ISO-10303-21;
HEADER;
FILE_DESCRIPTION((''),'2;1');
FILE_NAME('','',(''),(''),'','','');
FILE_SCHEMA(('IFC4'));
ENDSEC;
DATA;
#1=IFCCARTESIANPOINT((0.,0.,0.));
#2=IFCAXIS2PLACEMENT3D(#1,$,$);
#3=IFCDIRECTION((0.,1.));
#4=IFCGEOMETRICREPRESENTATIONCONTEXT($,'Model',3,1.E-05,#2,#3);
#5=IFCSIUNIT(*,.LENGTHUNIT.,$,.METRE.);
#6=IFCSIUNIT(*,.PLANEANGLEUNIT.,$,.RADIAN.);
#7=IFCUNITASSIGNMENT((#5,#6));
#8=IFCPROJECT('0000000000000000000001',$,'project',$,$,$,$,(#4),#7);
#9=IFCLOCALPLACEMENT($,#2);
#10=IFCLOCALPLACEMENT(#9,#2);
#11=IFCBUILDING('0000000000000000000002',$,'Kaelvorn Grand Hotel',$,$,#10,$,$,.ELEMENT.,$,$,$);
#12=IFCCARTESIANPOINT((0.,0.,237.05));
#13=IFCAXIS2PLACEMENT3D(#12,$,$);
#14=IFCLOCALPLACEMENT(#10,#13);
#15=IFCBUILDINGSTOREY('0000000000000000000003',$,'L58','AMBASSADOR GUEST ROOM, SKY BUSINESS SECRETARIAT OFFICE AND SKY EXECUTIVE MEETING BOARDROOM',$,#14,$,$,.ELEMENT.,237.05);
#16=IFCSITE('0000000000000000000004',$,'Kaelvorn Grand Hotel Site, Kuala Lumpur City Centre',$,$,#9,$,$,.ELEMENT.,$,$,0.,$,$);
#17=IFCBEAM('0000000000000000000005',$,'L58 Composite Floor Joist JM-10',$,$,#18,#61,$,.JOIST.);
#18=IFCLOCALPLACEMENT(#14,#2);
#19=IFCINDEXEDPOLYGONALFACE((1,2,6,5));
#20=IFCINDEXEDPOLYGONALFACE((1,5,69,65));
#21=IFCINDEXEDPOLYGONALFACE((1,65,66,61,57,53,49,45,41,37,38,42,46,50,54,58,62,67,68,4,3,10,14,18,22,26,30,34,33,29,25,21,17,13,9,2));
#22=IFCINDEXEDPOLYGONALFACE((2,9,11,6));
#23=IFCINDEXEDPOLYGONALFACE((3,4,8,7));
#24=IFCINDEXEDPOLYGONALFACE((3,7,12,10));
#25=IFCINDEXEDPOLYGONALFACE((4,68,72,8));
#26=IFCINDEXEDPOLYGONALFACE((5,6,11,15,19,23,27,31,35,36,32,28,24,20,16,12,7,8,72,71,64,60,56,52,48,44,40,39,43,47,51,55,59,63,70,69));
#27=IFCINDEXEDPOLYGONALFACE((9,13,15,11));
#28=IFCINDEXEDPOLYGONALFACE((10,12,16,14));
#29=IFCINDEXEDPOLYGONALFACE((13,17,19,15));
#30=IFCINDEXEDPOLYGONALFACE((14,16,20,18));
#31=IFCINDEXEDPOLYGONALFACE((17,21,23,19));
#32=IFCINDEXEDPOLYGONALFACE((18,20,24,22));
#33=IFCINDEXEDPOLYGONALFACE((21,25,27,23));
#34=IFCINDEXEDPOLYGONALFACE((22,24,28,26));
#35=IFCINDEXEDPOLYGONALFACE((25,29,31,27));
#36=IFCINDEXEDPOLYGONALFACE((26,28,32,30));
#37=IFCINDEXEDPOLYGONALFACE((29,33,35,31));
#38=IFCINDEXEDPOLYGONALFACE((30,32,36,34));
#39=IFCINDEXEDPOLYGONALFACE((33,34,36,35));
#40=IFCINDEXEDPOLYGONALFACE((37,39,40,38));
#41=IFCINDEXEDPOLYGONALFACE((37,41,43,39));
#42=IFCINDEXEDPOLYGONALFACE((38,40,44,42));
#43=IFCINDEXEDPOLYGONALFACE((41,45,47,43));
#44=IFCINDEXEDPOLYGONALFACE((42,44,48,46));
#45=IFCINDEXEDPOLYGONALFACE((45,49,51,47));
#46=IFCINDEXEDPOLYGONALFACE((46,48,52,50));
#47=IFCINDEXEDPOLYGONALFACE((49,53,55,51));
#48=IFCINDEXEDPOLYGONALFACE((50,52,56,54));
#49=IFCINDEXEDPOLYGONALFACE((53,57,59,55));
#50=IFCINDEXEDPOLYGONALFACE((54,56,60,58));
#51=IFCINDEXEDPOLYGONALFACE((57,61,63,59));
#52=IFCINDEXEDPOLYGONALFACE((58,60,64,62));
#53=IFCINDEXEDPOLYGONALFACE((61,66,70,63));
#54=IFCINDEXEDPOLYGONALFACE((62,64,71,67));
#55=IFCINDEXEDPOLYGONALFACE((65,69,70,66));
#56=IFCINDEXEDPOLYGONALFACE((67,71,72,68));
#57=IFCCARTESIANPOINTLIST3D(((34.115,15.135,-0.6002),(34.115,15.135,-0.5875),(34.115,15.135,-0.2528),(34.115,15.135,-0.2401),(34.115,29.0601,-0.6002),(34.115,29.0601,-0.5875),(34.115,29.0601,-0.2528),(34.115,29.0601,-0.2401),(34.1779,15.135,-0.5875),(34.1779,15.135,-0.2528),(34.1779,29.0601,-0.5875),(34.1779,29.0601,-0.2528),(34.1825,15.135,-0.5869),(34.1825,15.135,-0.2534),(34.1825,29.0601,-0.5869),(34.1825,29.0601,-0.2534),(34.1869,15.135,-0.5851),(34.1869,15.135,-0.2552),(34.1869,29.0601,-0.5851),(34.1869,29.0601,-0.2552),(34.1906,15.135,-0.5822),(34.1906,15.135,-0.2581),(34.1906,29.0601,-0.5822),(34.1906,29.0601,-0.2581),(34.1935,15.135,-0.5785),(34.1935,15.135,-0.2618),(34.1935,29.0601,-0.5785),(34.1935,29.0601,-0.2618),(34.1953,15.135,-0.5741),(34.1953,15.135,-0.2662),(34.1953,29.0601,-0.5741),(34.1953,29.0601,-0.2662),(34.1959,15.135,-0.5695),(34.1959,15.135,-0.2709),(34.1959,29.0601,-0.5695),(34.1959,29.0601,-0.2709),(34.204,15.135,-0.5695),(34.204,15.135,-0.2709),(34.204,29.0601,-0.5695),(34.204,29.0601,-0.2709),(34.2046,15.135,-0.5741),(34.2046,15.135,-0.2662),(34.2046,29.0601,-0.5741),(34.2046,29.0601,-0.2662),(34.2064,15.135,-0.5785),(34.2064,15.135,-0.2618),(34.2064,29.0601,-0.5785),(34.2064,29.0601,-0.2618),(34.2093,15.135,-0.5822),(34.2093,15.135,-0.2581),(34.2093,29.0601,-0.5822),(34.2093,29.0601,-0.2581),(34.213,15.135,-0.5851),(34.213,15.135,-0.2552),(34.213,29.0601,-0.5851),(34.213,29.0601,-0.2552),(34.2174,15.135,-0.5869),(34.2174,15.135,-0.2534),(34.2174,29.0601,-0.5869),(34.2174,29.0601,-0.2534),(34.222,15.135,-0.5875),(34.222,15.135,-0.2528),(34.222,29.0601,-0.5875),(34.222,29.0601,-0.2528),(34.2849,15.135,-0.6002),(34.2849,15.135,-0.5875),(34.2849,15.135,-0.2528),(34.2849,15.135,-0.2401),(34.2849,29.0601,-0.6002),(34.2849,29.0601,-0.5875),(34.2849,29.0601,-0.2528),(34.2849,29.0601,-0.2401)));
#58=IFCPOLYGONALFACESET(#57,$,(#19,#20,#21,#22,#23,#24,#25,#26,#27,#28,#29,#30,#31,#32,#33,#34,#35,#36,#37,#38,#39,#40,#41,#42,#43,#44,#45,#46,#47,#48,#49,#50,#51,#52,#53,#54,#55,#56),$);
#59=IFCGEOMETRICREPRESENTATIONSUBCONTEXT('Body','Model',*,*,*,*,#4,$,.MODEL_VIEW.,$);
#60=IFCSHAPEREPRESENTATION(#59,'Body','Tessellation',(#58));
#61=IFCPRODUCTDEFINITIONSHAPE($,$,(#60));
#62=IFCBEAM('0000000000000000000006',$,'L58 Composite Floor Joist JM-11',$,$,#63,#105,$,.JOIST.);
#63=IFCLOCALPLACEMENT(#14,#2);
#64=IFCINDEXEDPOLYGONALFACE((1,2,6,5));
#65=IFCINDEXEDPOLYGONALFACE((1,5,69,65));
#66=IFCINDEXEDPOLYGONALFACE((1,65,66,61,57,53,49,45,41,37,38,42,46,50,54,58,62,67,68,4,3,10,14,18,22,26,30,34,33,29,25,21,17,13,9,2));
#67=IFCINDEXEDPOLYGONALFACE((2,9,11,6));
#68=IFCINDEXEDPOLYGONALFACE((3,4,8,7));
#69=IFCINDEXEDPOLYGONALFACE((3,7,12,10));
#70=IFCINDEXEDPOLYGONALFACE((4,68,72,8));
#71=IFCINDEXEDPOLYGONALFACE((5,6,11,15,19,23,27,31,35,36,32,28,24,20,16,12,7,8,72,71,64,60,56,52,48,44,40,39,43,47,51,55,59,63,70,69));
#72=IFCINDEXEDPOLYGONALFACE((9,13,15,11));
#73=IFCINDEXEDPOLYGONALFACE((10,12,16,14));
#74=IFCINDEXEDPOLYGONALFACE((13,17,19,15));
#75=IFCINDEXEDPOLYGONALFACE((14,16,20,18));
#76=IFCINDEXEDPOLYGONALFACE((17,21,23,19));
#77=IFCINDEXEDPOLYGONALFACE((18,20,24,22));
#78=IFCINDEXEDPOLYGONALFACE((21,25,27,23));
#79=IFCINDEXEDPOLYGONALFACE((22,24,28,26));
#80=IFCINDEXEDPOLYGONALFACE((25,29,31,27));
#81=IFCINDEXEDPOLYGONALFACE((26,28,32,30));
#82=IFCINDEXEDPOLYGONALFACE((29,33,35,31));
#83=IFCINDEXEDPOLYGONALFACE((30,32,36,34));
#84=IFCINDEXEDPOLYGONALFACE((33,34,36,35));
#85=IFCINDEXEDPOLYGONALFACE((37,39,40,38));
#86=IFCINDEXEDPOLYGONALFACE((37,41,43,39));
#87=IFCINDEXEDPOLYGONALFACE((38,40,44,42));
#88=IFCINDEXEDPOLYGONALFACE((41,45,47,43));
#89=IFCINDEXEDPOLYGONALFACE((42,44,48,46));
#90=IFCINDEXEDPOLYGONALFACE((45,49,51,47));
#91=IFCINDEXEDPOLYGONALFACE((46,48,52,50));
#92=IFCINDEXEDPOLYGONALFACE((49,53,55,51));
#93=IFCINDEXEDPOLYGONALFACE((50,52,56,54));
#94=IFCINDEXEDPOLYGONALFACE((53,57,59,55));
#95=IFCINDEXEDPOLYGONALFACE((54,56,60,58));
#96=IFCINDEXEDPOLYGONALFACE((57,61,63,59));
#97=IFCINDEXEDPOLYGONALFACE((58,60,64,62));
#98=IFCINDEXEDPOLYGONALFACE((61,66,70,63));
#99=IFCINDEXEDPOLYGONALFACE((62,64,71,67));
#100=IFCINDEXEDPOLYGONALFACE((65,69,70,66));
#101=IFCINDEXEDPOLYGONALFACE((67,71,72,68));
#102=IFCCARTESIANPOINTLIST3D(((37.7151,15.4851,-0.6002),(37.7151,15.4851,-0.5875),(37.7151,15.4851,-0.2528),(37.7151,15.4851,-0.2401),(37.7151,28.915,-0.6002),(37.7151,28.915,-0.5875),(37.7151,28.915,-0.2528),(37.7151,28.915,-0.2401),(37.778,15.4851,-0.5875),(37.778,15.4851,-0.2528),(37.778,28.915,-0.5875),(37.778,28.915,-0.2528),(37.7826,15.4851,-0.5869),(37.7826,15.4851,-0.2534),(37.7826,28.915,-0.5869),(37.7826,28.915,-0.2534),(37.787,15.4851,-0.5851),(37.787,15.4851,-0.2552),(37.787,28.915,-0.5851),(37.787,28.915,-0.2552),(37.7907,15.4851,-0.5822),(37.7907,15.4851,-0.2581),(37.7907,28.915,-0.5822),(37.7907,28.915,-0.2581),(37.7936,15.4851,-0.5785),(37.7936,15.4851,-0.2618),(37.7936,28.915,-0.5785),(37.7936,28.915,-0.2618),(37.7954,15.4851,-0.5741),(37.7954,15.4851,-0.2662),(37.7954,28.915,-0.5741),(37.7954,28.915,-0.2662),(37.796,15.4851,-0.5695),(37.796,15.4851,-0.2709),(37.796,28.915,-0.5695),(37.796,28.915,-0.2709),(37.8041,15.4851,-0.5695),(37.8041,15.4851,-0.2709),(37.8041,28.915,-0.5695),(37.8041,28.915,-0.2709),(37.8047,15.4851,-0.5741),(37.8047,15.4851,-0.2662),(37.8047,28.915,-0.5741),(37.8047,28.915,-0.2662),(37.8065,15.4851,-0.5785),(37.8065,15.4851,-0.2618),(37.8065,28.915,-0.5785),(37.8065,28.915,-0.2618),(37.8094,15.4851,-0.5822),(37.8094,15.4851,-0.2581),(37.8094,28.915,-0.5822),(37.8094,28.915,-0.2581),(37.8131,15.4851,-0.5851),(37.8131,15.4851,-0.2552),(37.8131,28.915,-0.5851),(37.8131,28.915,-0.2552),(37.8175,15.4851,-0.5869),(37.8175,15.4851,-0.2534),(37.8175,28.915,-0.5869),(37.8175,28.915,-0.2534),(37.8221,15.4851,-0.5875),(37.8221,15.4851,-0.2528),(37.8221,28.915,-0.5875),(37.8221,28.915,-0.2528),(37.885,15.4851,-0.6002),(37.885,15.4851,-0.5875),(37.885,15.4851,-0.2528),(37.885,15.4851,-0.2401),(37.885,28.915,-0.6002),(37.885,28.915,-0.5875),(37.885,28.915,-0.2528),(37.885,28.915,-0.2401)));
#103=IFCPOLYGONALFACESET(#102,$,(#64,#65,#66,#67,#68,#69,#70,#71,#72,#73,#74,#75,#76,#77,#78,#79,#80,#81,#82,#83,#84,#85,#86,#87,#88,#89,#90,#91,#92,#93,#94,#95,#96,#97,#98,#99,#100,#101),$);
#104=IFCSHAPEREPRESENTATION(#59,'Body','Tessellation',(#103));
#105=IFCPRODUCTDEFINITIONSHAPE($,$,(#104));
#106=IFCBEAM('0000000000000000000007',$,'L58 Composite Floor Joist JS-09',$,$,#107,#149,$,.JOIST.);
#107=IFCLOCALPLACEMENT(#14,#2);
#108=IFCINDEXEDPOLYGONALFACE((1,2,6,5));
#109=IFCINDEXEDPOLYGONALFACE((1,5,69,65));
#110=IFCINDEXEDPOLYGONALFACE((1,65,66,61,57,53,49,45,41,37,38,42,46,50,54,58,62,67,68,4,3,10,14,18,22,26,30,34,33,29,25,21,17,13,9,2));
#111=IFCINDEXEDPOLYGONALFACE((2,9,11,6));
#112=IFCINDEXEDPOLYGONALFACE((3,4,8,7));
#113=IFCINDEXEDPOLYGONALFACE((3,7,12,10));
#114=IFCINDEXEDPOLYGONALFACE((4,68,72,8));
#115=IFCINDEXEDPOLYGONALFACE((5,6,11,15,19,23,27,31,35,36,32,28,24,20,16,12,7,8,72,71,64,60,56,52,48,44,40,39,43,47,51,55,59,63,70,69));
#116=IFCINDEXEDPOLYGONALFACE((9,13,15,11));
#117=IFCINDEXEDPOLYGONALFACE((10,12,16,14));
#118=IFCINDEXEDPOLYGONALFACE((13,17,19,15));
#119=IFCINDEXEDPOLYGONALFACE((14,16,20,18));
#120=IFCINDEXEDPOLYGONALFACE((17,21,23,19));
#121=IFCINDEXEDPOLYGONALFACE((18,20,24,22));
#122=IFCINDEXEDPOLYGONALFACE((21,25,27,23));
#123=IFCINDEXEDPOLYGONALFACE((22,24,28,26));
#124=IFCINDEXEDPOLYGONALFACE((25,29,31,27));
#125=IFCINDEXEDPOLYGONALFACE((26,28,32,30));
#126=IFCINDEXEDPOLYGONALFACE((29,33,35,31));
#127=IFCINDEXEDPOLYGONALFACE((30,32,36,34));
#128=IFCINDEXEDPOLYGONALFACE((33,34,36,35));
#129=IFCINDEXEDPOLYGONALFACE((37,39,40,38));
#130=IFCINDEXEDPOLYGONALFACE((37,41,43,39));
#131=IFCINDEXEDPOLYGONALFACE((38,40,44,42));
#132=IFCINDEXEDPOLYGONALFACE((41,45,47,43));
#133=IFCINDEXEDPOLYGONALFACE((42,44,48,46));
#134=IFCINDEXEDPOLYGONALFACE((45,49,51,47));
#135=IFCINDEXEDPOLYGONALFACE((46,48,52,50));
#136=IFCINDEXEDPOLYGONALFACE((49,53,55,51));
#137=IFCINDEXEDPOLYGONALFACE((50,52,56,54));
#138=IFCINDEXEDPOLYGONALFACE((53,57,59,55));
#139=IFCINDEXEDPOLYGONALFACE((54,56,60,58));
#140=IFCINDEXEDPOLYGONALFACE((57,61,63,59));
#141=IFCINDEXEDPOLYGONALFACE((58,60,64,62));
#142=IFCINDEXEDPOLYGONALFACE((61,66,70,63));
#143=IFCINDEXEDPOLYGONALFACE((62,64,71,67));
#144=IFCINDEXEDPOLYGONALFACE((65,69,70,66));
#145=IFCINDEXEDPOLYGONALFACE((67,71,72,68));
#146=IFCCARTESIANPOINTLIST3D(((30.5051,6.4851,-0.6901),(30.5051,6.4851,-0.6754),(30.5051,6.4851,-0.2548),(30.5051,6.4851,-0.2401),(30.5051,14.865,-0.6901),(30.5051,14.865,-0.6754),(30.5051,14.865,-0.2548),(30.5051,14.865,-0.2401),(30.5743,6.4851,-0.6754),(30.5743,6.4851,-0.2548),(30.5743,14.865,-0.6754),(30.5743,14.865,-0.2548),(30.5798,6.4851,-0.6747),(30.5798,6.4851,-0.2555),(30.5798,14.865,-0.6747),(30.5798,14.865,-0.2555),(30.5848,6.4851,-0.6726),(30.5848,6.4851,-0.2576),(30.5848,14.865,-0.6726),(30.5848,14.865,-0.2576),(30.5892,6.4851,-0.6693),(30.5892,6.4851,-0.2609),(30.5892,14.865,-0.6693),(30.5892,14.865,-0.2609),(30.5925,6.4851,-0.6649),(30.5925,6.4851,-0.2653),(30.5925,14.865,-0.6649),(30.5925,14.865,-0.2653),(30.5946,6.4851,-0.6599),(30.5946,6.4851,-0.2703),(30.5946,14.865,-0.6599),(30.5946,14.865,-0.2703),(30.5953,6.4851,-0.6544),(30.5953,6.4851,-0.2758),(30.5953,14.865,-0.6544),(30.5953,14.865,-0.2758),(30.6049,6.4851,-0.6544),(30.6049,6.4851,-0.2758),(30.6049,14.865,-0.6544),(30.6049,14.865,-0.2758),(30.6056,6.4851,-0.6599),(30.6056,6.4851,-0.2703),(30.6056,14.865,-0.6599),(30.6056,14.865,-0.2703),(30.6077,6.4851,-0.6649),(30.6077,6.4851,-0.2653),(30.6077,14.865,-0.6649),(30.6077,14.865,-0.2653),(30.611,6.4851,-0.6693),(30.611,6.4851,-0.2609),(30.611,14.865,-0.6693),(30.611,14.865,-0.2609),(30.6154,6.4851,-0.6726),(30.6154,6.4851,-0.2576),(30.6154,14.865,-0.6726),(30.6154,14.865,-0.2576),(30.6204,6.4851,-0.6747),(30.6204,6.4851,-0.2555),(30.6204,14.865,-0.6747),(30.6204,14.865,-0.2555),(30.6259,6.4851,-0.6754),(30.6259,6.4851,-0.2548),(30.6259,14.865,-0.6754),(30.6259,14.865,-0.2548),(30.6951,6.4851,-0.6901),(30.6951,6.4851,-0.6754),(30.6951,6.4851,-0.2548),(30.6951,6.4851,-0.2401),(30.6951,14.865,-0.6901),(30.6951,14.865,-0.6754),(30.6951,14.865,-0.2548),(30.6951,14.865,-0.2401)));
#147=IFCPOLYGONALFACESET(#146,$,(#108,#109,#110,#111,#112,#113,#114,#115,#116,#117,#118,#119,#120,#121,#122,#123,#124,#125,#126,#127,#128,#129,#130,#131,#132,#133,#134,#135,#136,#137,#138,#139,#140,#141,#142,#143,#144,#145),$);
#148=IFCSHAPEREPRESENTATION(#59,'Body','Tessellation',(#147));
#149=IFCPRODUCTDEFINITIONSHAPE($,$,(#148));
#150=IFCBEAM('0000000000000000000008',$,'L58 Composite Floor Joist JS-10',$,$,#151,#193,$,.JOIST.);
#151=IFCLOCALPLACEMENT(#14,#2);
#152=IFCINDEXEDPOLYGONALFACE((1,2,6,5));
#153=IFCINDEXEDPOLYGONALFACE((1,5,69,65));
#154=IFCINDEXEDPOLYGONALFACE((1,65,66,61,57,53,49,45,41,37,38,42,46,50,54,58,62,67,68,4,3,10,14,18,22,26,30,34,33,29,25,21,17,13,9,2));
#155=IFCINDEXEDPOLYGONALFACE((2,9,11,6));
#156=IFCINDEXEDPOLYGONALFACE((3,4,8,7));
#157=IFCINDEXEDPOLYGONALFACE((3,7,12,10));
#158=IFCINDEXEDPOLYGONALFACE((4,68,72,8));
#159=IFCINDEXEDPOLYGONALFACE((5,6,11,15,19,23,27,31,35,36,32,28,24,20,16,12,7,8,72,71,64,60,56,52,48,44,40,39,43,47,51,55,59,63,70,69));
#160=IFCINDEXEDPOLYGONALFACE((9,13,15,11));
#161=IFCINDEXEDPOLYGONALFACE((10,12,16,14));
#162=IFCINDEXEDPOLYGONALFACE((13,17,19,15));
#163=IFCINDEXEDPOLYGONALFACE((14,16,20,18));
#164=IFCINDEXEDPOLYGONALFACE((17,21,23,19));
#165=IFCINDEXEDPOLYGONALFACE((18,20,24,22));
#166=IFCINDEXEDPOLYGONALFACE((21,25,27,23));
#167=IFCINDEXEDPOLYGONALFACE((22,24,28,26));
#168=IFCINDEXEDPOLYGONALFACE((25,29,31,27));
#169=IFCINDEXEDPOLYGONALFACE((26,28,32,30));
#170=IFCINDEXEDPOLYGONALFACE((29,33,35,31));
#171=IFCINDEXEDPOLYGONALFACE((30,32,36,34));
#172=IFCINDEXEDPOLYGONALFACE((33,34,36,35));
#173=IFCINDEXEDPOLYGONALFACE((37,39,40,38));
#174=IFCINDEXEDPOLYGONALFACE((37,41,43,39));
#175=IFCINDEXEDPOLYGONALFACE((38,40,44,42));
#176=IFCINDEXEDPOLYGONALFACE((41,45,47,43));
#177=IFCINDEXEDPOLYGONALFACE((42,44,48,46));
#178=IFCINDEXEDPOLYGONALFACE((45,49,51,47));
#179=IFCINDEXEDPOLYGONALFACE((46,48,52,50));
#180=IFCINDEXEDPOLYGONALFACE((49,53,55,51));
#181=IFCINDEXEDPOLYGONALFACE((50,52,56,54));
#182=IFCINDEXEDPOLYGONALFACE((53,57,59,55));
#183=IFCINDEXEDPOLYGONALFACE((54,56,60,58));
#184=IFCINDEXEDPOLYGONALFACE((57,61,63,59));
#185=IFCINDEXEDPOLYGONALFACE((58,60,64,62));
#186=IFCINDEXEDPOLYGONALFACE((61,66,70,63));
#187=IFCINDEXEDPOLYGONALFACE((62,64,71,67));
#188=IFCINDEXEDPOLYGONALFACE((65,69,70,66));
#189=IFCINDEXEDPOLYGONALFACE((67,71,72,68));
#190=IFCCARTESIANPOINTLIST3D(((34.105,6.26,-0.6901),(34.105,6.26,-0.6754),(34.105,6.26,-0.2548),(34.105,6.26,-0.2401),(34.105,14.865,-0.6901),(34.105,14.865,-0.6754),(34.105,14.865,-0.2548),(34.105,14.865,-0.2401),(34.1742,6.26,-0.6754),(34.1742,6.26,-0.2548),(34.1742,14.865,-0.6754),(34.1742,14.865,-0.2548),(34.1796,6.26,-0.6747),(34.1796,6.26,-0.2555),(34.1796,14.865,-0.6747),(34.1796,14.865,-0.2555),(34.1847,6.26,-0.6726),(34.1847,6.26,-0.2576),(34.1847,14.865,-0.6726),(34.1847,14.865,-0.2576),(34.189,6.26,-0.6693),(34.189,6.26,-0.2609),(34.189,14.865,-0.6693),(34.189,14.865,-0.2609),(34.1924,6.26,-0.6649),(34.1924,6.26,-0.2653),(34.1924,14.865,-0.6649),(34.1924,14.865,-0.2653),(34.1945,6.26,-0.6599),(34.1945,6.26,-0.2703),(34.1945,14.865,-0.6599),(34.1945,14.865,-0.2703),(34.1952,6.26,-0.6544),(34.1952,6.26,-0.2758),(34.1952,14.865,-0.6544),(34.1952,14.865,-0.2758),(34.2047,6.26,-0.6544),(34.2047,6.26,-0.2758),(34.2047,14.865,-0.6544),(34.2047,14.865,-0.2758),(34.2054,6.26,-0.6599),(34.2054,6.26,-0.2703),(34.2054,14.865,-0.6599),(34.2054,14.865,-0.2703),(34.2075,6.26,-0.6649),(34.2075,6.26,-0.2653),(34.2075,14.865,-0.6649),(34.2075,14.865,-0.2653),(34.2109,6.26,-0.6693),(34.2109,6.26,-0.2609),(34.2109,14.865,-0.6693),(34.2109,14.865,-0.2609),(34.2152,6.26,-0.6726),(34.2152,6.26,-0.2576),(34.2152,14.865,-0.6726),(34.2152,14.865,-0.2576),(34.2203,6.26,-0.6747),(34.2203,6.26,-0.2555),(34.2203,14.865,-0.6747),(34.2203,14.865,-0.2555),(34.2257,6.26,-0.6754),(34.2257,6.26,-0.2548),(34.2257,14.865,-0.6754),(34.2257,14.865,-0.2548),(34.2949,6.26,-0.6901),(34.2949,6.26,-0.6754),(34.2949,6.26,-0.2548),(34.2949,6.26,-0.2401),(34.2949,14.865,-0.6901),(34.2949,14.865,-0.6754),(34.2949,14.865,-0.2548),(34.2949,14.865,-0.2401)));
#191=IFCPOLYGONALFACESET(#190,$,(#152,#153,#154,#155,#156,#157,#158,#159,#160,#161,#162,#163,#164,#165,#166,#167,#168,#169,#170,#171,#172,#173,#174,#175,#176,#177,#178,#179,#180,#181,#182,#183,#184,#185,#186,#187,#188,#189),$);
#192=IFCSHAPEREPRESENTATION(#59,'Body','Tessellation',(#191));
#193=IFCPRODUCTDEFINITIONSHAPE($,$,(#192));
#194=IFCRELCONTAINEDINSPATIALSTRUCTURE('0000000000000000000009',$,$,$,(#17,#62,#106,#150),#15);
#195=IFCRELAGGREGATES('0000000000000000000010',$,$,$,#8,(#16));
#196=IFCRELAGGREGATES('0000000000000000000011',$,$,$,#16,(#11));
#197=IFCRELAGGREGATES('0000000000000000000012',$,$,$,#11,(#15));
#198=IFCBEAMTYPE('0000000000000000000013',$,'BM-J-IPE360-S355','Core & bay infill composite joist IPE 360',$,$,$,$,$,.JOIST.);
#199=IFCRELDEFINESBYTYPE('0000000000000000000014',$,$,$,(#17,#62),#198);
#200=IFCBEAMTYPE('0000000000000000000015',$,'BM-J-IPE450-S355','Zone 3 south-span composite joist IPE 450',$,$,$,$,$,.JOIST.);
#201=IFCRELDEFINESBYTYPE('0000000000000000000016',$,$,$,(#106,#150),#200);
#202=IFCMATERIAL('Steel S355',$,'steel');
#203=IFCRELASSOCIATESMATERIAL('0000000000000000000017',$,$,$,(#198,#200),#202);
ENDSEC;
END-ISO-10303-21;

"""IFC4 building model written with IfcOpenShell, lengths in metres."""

from ifc_helpers import new_model, si_unit, direction, frame, origin, origin_2d, place, context, subcontext, project, spatial, i_section, extrude, material, material_profile, profile_set, type_object, element, save


model = new_model("IFC4")

# Units and contexts
model_context = context("Model", 3, precision=1e-05, world=origin(), true_north=direction((0.0, 1.0)))
body_context = subcontext(model_context, "Body", "Model", "MODEL_VIEW")
ifc_project = project(units=[si_unit("LENGTHUNIT", "METRE"), si_unit("PLANEANGLEUNIT", "RADIAN")], contexts=[model_context])

# Site, building, storey
site_placement = place(None, origin())
site = spatial("IfcSite", under=ifc_project, at=site_placement, Name="Kaelvorn Grand Hotel Site, Kuala Lumpur City Centre", CompositionType="ELEMENT", RefElevation=0.0)
building_placement = place(site_placement, origin())
building = spatial("IfcBuilding", under=site, at=building_placement, Name="Kaelvorn Grand Hotel", CompositionType="ELEMENT")
storey_placement = place(building_placement, frame((0.0, 0.0, 237.05)))
storey = spatial("IfcBuildingStorey", under=building, at=storey_placement, Name="L58", Description="AMBASSADOR GUEST ROOM, SKY BUSINESS SECRETARIAT OFFICE AND SKY EXECUTIVE MEETING BOARDROOM", CompositionType="ELEMENT", Elevation=237.05)

# Beams
ifc_material_1 = material(Name="Steel S355", Category="steel")
ifc_material_profile_1 = material_profile(ifc_material_1, i_section(OverallWidth=0.1699, OverallDepth=0.3601, WebThickness=0.0081, FlangeThickness=0.0127, FilletRadius=0.0181, at=origin_2d()), Name="IPE 360")
ifc_profile_set_1 = profile_set([ifc_material_profile_1], Name="Steel S355")
beam_type_1 = type_object("IfcBeamType", Name="BM-J-IPE360-S355", Description="Core & bay infill composite joist IPE 360", PredefinedType="JOIST", material=ifc_profile_set_1)
beam_1_placement = place(storey_placement, frame((34.2, 15.135, -0.4202), z_axis=(0.0, 1.0, 0.0), x_axis=(-1.0, 0.0, 0.0)))
element("IfcBeam", 1, at=beam_1_placement, inside=storey, type_object=beam_type_1, Name="L58 Composite Floor Joist JM-10", PredefinedType="JOIST", context=body_context, shape_type="SweptSolid", body=[
    extrude(i_section(OverallWidth=0.1699, OverallDepth=0.3601, WebThickness=0.0081, FlangeThickness=0.0127, FilletRadius=0.0181, at=origin_2d()), origin(), (0.0, 0.0, 1.0), 13.925),
])
beam_2_placement = place(storey_placement, frame((37.8, 15.4851, -0.4202), z_axis=(0.0, 1.0, 0.0), x_axis=(-1.0, 0.0, 0.0)))
element("IfcBeam", 2, at=beam_2_placement, inside=storey, type_object=beam_type_1, Name="L58 Composite Floor Joist JM-11", PredefinedType="JOIST", context=body_context, shape_type="SweptSolid", body=[
    extrude(i_section(OverallWidth=0.1699, OverallDepth=0.3601, WebThickness=0.0081, FlangeThickness=0.0127, FilletRadius=0.0181, at=origin_2d()), origin(), (0.0, 0.0, 1.0), 13.4299),
])
ifc_material_profile_2 = material_profile(ifc_material_1, i_section(OverallWidth=0.1899, OverallDepth=0.45, WebThickness=0.0095, FlangeThickness=0.0146, FilletRadius=0.021, at=origin_2d()), Name="IPE 450")
ifc_profile_set_2 = profile_set([ifc_material_profile_2], Name="Steel S355")
beam_type_2 = type_object("IfcBeamType", Name="BM-J-IPE450-S355", Description="Zone 3 south-span composite joist IPE 450", PredefinedType="JOIST", material=ifc_profile_set_2)
beam_3_placement = place(storey_placement, frame((30.6001, 6.4851, -0.4651), z_axis=(0.0, 1.0, 0.0), x_axis=(-1.0, 0.0, 0.0)))
element("IfcBeam", 3, at=beam_3_placement, inside=storey, type_object=beam_type_2, Name="L58 Composite Floor Joist JS-09", PredefinedType="JOIST", context=body_context, shape_type="SweptSolid", body=[
    extrude(i_section(OverallWidth=0.1899, OverallDepth=0.45, WebThickness=0.0095, FlangeThickness=0.0146, FilletRadius=0.021, at=origin_2d()), origin(), (0.0, 0.0, 1.0), 8.3799),
])
beam_4_placement = place(storey_placement, frame((34.2, 6.26, -0.4651), z_axis=(0.0, 1.0, 0.0), x_axis=(-1.0, 0.0, 0.0)))
element("IfcBeam", 4, at=beam_4_placement, inside=storey, type_object=beam_type_2, Name="L58 Composite Floor Joist JS-10", PredefinedType="JOIST", context=body_context, shape_type="SweptSolid", body=[
    extrude(i_section(OverallWidth=0.1899, OverallDepth=0.45, WebThickness=0.0095, FlangeThickness=0.0146, FilletRadius=0.021, at=origin_2d()), origin(), (0.0, 0.0, 1.0), 8.605),
])

save(model, "model.ifc")
